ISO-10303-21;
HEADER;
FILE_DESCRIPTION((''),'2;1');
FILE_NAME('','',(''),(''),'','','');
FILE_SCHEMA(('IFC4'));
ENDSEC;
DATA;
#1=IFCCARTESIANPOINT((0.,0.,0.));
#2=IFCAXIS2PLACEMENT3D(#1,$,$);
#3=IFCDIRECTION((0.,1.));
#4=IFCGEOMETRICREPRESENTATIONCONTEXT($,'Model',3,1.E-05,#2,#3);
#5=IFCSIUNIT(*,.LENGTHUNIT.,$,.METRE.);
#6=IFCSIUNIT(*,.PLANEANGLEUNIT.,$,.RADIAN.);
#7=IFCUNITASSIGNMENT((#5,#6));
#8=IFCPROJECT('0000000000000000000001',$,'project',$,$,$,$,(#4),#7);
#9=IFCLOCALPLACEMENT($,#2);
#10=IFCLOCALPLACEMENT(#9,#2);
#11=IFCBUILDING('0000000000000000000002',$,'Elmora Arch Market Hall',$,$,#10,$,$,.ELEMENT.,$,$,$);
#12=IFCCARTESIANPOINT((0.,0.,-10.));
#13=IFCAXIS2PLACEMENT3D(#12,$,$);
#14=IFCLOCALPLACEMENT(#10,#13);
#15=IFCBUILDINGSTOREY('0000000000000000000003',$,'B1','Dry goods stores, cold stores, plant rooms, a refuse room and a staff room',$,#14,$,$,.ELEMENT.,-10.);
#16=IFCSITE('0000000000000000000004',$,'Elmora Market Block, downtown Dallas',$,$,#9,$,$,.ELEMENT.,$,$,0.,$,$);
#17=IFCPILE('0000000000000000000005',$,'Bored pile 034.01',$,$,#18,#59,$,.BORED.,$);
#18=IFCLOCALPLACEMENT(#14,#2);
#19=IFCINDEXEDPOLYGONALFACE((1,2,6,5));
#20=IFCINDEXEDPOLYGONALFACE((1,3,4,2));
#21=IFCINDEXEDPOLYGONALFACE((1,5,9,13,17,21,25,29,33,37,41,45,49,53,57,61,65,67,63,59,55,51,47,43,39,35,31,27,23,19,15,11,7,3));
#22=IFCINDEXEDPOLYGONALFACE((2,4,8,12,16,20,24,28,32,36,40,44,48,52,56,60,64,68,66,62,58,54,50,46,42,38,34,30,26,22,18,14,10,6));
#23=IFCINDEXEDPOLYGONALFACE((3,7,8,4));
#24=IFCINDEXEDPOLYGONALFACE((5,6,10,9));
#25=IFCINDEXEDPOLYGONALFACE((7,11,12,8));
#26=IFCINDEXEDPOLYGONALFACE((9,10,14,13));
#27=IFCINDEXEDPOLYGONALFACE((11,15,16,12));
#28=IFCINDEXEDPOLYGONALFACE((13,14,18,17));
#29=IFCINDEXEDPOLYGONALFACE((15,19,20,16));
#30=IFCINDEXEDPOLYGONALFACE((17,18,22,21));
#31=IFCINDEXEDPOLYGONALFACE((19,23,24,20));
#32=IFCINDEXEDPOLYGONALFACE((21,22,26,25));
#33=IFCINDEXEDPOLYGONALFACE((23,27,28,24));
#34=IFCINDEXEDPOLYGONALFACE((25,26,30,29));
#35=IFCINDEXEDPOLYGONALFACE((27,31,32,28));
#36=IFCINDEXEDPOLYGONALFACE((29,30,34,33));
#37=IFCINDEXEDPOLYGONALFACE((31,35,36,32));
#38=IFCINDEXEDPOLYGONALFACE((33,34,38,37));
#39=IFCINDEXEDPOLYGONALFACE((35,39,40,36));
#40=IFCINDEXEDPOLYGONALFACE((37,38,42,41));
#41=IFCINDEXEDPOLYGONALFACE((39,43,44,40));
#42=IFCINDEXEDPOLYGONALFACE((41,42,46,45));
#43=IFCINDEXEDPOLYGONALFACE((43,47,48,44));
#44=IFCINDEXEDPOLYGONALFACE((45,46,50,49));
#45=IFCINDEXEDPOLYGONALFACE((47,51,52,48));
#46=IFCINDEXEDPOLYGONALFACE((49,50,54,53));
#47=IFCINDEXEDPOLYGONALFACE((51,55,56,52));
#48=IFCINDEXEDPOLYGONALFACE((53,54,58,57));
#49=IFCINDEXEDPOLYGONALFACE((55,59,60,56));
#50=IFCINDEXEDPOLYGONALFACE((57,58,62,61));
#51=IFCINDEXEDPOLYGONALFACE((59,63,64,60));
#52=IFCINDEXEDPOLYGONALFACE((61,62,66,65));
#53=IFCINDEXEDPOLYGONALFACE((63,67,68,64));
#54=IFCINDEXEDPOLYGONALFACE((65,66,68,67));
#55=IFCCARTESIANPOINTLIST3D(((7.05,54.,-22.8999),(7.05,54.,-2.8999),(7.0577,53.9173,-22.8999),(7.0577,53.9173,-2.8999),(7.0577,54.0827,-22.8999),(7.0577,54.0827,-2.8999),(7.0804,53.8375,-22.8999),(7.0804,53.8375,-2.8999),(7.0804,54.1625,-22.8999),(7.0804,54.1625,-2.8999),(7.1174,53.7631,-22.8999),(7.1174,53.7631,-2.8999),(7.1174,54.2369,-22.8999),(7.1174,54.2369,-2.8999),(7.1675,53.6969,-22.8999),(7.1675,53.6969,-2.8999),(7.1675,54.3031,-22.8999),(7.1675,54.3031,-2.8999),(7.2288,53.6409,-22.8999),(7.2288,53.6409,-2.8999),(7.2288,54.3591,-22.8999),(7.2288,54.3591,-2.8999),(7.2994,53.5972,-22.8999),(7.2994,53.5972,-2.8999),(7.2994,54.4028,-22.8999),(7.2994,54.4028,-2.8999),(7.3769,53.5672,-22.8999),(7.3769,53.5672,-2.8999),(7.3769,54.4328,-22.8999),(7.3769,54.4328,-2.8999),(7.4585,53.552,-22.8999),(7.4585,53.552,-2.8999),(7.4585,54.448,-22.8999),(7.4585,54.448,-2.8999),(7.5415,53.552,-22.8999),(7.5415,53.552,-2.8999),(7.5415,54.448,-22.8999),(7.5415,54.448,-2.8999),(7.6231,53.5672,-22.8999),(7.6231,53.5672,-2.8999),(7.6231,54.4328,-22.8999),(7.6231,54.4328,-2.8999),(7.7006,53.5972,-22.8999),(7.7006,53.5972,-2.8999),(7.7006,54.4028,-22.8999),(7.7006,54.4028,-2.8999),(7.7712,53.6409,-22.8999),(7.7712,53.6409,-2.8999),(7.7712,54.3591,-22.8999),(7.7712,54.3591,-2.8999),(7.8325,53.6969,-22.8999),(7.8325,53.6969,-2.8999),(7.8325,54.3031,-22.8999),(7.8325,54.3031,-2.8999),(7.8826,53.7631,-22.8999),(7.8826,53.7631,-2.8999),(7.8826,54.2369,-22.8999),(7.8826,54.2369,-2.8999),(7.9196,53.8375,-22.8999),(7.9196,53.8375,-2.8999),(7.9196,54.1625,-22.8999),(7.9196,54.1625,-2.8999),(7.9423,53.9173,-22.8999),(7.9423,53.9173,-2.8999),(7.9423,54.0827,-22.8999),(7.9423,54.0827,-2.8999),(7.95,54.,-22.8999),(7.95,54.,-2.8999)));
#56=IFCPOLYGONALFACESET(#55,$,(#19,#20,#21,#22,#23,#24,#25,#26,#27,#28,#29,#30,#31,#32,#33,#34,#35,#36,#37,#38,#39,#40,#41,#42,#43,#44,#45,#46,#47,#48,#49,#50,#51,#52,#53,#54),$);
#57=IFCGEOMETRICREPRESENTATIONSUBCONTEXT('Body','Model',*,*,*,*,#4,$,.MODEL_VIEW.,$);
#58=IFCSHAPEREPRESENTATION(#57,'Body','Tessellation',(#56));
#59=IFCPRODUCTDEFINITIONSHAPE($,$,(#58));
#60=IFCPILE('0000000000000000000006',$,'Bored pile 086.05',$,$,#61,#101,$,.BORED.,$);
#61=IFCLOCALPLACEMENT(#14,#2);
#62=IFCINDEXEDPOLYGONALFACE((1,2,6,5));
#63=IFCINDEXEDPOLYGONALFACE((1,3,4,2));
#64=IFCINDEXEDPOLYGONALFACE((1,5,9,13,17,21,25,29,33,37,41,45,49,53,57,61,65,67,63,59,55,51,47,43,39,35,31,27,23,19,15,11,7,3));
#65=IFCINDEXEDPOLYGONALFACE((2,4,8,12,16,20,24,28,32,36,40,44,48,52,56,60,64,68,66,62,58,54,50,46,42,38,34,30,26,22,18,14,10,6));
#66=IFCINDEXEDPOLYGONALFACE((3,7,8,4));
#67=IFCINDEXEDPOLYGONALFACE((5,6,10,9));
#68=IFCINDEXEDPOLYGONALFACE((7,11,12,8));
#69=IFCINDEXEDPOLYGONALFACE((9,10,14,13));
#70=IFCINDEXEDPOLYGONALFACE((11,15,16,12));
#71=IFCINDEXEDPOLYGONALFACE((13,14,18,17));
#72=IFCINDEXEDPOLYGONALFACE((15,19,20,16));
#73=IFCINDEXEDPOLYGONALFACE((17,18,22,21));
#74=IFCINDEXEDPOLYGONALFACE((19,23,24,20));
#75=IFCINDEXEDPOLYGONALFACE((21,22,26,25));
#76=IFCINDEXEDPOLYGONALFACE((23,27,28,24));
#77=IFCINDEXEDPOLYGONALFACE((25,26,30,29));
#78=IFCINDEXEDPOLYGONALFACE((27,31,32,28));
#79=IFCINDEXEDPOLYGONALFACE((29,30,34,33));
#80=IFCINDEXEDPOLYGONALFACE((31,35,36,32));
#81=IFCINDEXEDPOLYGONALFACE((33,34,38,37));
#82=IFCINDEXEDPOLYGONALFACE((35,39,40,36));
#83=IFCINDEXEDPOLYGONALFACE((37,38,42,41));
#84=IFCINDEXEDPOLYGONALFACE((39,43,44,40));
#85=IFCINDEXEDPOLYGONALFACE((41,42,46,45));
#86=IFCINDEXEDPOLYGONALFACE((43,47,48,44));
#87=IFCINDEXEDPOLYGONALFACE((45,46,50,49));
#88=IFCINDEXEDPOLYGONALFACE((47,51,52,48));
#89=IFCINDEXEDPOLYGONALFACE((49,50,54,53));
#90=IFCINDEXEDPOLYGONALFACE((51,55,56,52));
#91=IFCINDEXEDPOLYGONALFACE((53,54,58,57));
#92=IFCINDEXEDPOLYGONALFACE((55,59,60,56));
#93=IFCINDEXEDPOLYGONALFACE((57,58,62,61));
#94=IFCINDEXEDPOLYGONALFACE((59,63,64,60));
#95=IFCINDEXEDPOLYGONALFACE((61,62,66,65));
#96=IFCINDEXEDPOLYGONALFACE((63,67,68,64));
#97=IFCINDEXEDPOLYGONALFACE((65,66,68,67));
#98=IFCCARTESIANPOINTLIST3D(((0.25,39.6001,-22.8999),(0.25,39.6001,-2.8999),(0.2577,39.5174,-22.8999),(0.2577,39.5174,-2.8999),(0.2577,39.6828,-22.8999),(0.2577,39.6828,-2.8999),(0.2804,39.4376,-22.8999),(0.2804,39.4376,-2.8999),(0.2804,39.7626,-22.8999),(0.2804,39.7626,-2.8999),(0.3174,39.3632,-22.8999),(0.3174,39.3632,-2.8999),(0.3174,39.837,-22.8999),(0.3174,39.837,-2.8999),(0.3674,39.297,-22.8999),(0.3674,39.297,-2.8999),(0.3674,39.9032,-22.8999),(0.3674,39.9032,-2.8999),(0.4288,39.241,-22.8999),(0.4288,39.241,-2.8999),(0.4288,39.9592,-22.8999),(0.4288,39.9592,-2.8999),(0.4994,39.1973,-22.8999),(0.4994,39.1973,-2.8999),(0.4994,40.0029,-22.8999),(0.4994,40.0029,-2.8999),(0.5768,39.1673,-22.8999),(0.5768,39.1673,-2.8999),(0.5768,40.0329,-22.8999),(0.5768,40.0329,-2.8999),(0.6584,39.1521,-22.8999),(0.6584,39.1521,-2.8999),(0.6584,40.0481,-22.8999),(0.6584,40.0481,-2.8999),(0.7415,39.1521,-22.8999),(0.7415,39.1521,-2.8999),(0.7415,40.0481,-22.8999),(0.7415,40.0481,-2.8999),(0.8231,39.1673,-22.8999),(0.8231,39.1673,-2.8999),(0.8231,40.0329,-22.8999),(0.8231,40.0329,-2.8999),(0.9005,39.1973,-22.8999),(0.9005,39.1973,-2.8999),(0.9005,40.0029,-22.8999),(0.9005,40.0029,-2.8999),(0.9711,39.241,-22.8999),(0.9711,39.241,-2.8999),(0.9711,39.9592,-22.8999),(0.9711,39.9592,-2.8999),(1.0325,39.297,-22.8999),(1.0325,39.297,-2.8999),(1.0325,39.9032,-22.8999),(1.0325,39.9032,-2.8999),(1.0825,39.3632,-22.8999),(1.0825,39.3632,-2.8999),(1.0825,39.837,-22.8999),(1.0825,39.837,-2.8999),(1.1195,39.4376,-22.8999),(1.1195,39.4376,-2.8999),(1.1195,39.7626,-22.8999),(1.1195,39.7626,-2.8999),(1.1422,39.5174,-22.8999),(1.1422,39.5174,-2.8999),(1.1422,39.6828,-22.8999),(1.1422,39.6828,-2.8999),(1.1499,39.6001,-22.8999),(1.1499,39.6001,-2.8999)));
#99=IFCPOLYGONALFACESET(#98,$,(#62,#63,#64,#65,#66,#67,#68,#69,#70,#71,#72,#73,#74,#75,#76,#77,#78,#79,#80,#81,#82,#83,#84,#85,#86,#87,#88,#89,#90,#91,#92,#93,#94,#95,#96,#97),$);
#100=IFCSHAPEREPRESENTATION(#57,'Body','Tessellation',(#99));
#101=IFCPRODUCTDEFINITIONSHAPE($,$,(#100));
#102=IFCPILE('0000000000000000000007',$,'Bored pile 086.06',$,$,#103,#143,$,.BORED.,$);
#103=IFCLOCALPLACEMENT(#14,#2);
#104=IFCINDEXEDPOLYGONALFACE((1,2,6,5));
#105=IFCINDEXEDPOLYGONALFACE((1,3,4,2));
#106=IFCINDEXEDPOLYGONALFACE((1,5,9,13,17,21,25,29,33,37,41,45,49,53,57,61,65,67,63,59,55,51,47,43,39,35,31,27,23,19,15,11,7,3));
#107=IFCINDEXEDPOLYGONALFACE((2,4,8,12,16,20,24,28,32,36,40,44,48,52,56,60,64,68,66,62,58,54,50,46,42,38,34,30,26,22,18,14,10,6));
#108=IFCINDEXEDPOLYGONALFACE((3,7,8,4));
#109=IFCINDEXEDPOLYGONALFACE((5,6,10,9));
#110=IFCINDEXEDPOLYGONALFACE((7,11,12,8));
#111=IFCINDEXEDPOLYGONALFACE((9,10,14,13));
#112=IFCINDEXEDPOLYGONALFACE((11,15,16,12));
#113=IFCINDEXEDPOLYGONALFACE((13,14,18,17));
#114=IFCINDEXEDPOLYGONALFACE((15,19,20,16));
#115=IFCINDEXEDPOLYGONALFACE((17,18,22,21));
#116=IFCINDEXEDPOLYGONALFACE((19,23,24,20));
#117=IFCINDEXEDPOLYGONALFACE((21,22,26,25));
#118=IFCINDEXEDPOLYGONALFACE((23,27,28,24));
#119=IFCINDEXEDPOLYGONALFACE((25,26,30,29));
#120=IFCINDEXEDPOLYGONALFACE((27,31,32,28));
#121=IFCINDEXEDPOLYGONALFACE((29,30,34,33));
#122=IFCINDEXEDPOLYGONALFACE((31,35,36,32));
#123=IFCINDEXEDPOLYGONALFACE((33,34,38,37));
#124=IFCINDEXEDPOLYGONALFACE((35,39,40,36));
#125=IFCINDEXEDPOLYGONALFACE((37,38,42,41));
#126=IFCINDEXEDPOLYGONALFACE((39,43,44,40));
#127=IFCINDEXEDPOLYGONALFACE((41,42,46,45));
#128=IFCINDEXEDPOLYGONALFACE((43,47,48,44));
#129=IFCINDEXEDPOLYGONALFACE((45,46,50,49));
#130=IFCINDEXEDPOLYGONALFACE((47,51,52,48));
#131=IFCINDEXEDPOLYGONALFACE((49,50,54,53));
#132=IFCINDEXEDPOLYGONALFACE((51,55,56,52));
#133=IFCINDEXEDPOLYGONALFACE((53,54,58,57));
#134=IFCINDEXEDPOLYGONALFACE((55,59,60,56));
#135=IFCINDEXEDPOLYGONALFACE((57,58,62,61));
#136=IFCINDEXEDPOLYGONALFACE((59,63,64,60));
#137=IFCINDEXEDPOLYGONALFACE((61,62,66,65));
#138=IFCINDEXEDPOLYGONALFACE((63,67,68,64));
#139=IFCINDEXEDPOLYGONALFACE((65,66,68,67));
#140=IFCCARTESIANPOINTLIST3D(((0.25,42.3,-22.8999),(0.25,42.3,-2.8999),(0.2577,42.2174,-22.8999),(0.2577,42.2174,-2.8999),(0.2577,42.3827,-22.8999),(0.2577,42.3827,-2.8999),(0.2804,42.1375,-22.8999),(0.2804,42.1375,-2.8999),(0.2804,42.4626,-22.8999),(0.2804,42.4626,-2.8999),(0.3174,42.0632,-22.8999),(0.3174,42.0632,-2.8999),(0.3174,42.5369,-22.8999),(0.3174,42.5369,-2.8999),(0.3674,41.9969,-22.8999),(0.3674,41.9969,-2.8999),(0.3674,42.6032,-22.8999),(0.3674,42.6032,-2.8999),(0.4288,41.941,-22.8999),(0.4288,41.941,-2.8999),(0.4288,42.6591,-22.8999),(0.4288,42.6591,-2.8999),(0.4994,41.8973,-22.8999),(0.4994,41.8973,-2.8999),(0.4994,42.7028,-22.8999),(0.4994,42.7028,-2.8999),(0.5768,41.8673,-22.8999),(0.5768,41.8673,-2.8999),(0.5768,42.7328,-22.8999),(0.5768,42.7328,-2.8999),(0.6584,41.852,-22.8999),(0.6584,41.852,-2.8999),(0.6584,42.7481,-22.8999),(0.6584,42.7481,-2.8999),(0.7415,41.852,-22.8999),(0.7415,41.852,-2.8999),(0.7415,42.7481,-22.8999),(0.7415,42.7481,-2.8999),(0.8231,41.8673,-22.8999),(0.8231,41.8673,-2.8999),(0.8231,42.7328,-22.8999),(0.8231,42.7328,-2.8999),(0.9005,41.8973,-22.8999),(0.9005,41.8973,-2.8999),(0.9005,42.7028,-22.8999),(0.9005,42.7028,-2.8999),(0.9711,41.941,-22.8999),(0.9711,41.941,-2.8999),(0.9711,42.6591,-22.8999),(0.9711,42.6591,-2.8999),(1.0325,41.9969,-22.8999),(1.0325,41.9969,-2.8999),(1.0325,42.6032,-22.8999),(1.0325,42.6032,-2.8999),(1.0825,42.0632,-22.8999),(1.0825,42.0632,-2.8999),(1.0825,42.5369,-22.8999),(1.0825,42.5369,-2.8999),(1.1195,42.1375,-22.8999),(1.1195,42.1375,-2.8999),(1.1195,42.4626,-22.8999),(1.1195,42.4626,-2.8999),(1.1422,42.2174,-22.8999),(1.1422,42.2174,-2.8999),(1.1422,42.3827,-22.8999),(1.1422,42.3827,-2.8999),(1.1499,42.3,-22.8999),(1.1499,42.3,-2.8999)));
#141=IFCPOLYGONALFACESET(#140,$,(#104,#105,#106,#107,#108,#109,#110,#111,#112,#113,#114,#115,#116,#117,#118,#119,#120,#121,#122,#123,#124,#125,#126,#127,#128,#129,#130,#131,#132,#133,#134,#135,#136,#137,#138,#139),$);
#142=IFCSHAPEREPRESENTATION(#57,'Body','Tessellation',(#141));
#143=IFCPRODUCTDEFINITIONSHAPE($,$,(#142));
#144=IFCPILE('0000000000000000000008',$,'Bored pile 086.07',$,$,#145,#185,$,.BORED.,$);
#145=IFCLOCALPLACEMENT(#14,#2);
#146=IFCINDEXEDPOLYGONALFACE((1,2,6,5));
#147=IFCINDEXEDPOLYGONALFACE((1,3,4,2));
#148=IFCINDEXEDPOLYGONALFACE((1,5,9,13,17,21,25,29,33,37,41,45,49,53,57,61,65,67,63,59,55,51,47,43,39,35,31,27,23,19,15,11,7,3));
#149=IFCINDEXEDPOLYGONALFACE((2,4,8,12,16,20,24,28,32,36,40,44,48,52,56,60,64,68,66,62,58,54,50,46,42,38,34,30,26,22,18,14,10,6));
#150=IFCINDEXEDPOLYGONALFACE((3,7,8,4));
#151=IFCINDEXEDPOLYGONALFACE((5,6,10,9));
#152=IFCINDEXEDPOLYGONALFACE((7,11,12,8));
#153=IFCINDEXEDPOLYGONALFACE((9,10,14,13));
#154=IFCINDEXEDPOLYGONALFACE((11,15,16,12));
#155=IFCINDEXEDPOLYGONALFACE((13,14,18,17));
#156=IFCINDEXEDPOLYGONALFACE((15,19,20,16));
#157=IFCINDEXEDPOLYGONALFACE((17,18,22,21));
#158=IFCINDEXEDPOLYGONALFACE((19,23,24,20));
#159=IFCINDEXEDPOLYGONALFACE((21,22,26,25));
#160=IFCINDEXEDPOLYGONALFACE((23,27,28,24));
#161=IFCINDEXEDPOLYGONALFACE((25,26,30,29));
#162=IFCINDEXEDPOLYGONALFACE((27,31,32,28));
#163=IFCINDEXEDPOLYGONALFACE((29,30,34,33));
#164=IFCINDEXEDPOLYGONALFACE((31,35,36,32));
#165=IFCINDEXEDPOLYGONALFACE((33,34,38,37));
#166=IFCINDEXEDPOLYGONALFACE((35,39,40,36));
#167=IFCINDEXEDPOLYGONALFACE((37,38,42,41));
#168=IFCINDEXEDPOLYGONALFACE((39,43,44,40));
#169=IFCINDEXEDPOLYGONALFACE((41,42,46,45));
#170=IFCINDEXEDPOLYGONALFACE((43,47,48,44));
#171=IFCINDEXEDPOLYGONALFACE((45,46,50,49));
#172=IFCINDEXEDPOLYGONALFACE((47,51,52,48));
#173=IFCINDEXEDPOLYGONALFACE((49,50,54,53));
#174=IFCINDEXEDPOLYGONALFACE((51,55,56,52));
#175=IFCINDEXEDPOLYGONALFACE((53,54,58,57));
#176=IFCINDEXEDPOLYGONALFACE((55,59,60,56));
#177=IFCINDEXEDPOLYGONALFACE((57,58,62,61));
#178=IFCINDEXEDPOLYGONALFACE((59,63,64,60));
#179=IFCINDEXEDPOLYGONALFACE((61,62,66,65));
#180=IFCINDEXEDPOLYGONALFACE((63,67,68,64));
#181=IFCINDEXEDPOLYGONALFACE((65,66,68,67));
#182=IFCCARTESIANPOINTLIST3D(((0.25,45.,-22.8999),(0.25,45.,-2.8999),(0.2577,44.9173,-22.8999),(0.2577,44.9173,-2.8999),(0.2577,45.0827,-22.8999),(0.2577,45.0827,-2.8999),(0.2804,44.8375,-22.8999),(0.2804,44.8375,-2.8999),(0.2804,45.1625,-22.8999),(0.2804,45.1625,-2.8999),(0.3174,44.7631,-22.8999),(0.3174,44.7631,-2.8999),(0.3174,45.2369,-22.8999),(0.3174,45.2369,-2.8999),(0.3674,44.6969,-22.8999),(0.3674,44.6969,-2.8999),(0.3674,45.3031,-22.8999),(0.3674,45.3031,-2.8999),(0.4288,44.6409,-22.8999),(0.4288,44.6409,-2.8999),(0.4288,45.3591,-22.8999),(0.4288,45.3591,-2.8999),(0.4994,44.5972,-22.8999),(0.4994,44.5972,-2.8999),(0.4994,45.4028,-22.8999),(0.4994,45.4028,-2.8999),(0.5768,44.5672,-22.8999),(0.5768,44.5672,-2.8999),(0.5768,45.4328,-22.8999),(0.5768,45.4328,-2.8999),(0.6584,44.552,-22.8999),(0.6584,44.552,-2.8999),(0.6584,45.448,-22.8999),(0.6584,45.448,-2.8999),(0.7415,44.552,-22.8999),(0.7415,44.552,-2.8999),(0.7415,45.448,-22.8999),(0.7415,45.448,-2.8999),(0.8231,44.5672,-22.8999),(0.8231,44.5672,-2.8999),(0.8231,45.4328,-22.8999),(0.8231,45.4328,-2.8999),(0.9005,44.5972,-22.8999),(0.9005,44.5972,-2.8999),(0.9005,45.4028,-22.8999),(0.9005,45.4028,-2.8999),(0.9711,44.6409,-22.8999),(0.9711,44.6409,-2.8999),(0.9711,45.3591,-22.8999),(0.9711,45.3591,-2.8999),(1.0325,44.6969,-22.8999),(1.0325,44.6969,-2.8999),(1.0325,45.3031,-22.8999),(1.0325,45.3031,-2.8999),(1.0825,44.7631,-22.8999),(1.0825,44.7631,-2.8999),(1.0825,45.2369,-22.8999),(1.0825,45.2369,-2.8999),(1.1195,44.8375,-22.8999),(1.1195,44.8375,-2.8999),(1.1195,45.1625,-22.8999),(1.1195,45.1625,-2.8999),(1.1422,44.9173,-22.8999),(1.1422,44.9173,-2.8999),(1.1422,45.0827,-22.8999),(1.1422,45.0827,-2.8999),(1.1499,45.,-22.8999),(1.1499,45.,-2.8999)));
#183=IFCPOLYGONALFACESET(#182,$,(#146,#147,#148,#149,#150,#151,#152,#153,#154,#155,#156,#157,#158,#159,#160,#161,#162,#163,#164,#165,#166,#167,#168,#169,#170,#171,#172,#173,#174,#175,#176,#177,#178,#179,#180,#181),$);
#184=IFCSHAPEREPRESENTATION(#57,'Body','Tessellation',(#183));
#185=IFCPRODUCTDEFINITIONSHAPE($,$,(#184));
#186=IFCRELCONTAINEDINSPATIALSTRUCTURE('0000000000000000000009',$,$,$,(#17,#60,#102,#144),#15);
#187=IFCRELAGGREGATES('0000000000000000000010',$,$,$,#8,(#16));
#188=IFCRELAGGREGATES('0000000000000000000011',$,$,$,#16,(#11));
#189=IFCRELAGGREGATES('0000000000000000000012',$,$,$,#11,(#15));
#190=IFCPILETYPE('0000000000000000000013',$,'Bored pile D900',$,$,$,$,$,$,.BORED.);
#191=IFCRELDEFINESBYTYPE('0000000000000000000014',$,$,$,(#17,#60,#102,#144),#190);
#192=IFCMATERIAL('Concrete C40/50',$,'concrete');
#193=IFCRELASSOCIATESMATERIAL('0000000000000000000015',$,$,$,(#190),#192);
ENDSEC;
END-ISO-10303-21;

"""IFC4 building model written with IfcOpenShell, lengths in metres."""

from ifc_helpers import new_model, si_unit, direction, frame, origin, origin_2d, place, context, subcontext, project, spatial, circle, extrude, material, material_profile, profile_set, type_object, element, save


model = new_model("IFC4")

# Units and contexts
model_context = context("Model", 3, precision=1e-05, world=origin(), true_north=direction((0.0, 1.0)))
body_context = subcontext(model_context, "Body", "Model", "MODEL_VIEW")
ifc_project = project(units=[si_unit("LENGTHUNIT", "METRE"), si_unit("PLANEANGLEUNIT", "RADIAN")], contexts=[model_context])

# Site, building, storey
site_placement = place(None, origin())
site = spatial("IfcSite", under=ifc_project, at=site_placement, Name="Elmora Market Block, downtown Dallas", CompositionType="ELEMENT", RefElevation=0.0)
building_placement = place(site_placement, origin())
building = spatial("IfcBuilding", under=site, at=building_placement, Name="Elmora Arch Market Hall", CompositionType="ELEMENT")
storey_placement = place(building_placement, frame((0.0, 0.0, -10.0)))
storey = spatial("IfcBuildingStorey", under=building, at=storey_placement, Name="B1", Description="Dry goods stores, cold stores, plant rooms, a refuse room and a staff room", CompositionType="ELEMENT", Elevation=-10.0)

# Piles
ifc_material_1 = material(Name="Concrete C40/50", Category="concrete")
ifc_material_profile_1 = material_profile(ifc_material_1, circle(Radius=0.45, at=origin_2d()), Name="Bored pile D900")
ifc_profile_set_1 = profile_set([ifc_material_profile_1], Name="Concrete C40/50")
pile_type = type_object("IfcPileType", Name="Bored pile D900", PredefinedType="BORED", material=ifc_profile_set_1)
for number, where, z_axis, x_axis, name in (
    (1, (7.5, 54.0, -2.8999), (0.0, 0.0, -1.0), (1.0, 0.0, 0.0), "Bored pile 034.01"),
    (2, (0.7, 39.6001, -2.8999), (0.0, 0.0, -1.0), (1.0, 0.0, 0.0), "Bored pile 086.05"),
    (3, (0.7, 42.3, -2.8999), (0.0, 0.0, -1.0), (1.0, 0.0, 0.0), "Bored pile 086.06"),
    (4, (0.7, 45.0, -2.8999), (0.0, 0.0, -1.0), (1.0, 0.0, 0.0), "Bored pile 086.07"),
):
    element("IfcPile", number, at=place(storey_placement, frame(where, z_axis=z_axis, x_axis=x_axis)), inside=storey, type_object=pile_type, Name=name, PredefinedType="BORED", context=body_context, shape_type="SweptSolid", body=[
        extrude(circle(Radius=0.45, at=origin_2d()), origin(), (0.0, 0.0, 1.0), 20.0),
    ])

save(model, "model.ifc")
